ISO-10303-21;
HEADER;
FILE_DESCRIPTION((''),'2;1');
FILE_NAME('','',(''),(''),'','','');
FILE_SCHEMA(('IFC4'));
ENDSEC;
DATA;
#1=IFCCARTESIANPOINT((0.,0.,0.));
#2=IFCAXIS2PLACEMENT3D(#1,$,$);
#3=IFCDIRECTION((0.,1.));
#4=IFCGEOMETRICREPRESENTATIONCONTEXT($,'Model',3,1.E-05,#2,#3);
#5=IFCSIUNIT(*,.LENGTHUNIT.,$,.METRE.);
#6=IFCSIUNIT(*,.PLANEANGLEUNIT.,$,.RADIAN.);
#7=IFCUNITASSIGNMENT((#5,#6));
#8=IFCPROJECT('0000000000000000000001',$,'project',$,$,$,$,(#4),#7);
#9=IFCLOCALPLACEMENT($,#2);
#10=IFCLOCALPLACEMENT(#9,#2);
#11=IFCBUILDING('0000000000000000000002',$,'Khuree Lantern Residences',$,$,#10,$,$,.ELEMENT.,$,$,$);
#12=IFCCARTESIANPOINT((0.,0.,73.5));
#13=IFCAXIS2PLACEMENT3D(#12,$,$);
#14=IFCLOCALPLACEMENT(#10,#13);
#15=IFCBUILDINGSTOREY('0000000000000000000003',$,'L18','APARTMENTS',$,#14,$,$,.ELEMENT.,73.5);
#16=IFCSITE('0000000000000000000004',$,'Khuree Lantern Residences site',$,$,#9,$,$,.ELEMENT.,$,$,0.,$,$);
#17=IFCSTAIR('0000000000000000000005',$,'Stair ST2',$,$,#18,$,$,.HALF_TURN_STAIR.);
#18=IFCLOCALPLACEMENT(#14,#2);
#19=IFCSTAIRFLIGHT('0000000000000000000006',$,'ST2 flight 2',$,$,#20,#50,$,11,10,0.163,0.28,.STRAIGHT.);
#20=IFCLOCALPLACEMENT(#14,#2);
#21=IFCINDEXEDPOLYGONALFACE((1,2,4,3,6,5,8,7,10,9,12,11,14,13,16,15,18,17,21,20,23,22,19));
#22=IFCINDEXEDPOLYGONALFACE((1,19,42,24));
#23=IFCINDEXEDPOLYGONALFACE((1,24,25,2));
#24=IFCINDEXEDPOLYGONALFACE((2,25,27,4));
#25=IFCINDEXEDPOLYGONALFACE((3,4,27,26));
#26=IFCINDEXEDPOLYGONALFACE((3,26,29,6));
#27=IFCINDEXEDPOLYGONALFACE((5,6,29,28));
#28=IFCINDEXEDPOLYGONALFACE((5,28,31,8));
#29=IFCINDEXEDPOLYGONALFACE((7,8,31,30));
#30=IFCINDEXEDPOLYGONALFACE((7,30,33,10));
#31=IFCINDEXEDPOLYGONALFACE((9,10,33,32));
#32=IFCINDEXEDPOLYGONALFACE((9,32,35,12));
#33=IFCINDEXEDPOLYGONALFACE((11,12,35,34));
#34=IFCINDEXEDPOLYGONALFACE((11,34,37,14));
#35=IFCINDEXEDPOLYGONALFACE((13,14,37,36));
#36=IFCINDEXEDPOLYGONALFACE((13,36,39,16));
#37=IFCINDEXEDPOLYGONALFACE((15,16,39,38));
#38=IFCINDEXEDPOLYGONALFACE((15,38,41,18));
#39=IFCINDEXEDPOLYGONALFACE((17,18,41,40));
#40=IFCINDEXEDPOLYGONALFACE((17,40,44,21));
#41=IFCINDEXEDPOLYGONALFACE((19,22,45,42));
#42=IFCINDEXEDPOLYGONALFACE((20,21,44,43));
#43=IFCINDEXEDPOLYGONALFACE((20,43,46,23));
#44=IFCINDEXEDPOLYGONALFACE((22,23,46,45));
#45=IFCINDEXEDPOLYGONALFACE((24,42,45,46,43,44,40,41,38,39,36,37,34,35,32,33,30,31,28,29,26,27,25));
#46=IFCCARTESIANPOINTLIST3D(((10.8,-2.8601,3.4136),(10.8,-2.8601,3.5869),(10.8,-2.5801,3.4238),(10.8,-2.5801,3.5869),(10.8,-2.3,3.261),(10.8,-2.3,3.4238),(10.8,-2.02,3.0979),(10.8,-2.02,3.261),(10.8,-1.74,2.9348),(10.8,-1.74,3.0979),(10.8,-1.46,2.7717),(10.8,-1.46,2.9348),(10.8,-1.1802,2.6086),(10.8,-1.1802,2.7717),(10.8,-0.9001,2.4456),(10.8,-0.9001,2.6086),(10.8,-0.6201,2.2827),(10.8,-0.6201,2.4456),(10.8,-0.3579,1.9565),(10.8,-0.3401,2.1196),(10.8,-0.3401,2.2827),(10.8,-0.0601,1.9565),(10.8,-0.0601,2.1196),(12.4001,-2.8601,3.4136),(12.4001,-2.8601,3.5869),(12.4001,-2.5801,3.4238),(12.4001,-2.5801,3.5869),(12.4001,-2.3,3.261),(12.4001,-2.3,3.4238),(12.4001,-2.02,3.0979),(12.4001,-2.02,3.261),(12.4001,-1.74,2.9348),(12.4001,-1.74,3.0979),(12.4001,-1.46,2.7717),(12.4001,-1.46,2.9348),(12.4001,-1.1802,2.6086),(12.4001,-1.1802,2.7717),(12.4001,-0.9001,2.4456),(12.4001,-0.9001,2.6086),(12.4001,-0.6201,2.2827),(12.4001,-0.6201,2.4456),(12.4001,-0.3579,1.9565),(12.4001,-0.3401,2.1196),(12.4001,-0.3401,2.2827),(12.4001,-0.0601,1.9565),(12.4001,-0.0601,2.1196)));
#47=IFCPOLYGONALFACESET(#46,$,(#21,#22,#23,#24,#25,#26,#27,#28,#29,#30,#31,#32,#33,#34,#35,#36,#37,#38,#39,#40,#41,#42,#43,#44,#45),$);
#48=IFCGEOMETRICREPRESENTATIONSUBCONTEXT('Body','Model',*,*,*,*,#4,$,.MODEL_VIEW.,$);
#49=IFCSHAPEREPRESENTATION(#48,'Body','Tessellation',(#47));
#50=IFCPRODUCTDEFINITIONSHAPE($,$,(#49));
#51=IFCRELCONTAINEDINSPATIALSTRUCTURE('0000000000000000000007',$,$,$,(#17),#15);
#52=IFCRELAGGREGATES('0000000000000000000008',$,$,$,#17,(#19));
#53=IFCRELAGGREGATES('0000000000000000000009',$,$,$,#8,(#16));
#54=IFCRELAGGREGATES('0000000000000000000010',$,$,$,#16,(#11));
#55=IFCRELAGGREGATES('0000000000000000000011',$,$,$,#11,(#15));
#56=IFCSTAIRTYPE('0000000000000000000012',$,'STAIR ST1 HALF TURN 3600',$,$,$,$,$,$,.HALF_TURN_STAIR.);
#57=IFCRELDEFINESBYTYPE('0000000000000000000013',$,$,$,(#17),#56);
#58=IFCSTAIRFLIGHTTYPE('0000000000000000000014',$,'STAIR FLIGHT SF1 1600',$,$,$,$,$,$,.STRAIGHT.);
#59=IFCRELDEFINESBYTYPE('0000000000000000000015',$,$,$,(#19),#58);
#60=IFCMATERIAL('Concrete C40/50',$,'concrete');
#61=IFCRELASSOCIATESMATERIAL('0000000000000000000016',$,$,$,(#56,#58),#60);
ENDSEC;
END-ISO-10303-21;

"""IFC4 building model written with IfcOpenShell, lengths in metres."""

from ifc_helpers import new_model, si_unit, direction, frame, origin, place, context, subcontext, project, spatial, polyline, outline, extrude, material, type_object, element, aggregate, save


model = new_model("IFC4")

# Units and contexts
model_context = context("Model", 3, precision=1e-05, world=origin(), true_north=direction((0.0, 1.0)))
body_context = subcontext(model_context, "Body", "Model", "MODEL_VIEW")
ifc_project = project(units=[si_unit("LENGTHUNIT", "METRE"), si_unit("PLANEANGLEUNIT", "RADIAN")], contexts=[model_context])

# Site, building, storey
site_placement = place(None, origin())
site = spatial("IfcSite", under=ifc_project, at=site_placement, Name="Khuree Lantern Residences site", CompositionType="ELEMENT", RefElevation=0.0)
building_placement = place(site_placement, origin())
building = spatial("IfcBuilding", under=site, at=building_placement, Name="Khuree Lantern Residences", CompositionType="ELEMENT")
storey_placement = place(building_placement, frame((0.0, 0.0, 73.5)))
storey = spatial("IfcBuildingStorey", under=building, at=storey_placement, Name="L18", Description="APARTMENTS", CompositionType="ELEMENT", Elevation=73.5)

# Stair, stair flight
ifc_material_1 = material(Name="Concrete C40/50", Category="concrete")
stair_type = type_object("IfcStairType", Name="STAIR ST1 HALF TURN 3600", PredefinedType="HALF_TURN_STAIR", material=ifc_material_1)
stair_placement = place(storey_placement, origin())
stair = element("IfcStair", 1, at=stair_placement, inside=storey, type_object=stair_type, Name="Stair ST2", PredefinedType="HALF_TURN_STAIR")
stair_flight_type = type_object("IfcStairFlightType", Name="STAIR FLIGHT SF1 1600", PredefinedType="STRAIGHT", material=ifc_material_1)
stair_flight_1_placement = place(storey_placement, frame((11.6001, -0.0601, 1.9565), z_axis=(0.0, 0.0, 1.0), x_axis=(0.0, -1.0, 0.0)))
stair_flight_1 = element("IfcStairFlight", 2, at=stair_flight_1_placement, type_object=stair_flight_type, Name="ST2 flight 2", NumberOfRisers=11, NumberOfTreads=10, PredefinedType="STRAIGHT", RiserHeight=0.163, TreadLength=0.28, context=body_context, shape_type="SweptSolid", body=[
    extrude(outline(polyline([(0.0, 0.0), (0.0, 0.1631), (0.28, 0.1631), (0.28, 0.3262), (0.5601, 0.3262), (0.5601, 0.489), (0.8401, 0.489), (0.8401, 0.6521), (1.1201, 0.6521), (1.1201, 0.8152), (1.3999, 0.8152), (1.3999, 0.9783), (1.6799, 0.9783), (1.6799, 1.1414), (1.96, 1.1414), (1.96, 1.3044), (2.24, 1.3044), (2.24, 1.4673), (2.52, 1.4673), (2.52, 1.6304), (2.8, 1.6304), (2.8, 1.7935), (2.8, 1.457), (0.2979, 0.0), (0.0, 0.0)])), frame((0.0, 0.8, 0.0), z_axis=(0.0, -1.0, 0.0), x_axis=(1.0, 0.0, 0.0)), (0.0, 0.0, 1.0), 1.6001),
])
aggregate(stair, [stair_flight_1])

save(model, "model.ifc")
